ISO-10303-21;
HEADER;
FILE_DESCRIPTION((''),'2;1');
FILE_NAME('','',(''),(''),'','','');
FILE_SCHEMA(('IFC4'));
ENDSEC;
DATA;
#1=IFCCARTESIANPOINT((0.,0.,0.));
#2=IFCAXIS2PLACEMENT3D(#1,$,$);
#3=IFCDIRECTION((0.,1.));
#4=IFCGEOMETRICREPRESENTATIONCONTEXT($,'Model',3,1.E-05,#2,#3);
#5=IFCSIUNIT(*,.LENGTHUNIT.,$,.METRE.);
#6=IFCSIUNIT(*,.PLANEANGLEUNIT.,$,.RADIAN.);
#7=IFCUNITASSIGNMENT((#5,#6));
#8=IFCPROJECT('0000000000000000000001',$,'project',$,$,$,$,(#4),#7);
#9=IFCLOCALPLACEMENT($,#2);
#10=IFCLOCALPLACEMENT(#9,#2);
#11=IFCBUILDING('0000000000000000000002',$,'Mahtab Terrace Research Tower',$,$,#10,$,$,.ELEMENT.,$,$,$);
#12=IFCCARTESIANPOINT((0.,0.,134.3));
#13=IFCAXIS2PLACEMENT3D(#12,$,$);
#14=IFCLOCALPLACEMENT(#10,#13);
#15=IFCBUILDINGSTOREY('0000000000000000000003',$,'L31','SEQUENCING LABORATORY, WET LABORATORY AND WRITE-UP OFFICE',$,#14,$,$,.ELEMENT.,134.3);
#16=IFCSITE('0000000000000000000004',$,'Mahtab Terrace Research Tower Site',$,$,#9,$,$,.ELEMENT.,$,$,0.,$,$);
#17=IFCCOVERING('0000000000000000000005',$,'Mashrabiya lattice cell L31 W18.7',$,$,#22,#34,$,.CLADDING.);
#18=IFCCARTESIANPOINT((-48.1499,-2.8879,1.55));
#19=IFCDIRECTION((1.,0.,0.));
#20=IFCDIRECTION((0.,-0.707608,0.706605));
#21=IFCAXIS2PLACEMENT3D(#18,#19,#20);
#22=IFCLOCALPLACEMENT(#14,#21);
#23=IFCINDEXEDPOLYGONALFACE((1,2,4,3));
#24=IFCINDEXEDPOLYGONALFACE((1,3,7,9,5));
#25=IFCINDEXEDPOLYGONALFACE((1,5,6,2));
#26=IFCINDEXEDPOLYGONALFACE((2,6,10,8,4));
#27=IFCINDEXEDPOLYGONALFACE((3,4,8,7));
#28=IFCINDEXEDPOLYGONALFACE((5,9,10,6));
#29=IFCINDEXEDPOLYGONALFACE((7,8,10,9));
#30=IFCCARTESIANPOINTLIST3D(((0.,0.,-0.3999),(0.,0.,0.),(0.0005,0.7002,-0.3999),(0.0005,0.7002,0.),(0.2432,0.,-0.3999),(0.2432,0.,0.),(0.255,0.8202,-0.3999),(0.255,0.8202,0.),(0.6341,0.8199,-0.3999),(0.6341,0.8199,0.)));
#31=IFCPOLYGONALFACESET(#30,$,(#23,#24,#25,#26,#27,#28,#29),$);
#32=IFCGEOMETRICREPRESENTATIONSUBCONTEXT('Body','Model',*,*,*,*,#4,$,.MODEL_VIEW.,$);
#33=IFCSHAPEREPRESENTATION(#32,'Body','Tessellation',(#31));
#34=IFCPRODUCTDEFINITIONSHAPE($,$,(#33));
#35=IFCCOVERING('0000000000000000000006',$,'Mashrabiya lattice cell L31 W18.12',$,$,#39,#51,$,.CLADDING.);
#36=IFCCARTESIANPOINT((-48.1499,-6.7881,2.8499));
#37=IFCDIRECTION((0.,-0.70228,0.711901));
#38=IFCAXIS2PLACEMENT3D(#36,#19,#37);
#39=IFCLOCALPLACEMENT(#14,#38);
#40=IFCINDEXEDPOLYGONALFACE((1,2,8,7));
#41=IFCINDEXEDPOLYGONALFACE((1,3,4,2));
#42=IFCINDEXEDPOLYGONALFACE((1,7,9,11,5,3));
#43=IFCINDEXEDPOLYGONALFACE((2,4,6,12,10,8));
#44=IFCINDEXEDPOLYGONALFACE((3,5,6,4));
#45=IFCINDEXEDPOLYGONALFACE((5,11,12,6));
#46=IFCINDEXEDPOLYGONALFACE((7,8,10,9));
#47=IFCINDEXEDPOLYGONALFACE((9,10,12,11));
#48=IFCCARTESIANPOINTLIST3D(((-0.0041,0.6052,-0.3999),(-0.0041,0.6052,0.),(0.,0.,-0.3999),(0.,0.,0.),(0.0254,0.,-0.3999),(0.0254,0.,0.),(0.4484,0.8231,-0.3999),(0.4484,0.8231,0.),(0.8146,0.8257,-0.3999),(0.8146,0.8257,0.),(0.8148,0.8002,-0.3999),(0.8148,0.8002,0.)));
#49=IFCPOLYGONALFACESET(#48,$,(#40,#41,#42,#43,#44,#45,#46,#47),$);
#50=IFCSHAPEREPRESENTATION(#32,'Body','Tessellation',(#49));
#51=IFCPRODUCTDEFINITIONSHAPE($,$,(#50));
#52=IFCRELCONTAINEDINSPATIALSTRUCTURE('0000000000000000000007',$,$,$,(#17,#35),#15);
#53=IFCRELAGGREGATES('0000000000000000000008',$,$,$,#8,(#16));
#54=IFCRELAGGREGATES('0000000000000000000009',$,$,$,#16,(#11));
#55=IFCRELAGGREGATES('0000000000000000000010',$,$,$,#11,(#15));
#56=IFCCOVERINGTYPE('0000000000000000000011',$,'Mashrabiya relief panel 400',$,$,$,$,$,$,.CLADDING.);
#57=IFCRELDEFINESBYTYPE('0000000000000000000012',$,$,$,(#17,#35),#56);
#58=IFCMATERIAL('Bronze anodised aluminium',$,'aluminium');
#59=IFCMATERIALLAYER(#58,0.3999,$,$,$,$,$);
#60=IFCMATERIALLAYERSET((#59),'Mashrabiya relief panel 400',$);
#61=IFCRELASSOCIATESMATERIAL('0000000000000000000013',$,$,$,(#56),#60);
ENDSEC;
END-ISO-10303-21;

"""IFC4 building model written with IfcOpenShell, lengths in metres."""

from ifc_helpers import new_model, si_unit, direction, frame, origin, place, context, subcontext, project, spatial, polyline, outline, extrude, material, layer, layer_set, type_object, element, save


model = new_model("IFC4")

# Units and contexts
model_context = context("Model", 3, precision=1e-05, world=origin(), true_north=direction((0.0, 1.0)))
body_context = subcontext(model_context, "Body", "Model", "MODEL_VIEW")
ifc_project = project(units=[si_unit("LENGTHUNIT", "METRE"), si_unit("PLANEANGLEUNIT", "RADIAN")], contexts=[model_context])

# Site, building, storey
site_placement = place(None, origin())
site = spatial("IfcSite", under=ifc_project, at=site_placement, Name="Mahtab Terrace Research Tower Site", CompositionType="ELEMENT", RefElevation=0.0)
building_placement = place(site_placement, origin())
building = spatial("IfcBuilding", under=site, at=building_placement, Name="Mahtab Terrace Research Tower", CompositionType="ELEMENT")
storey_placement = place(building_placement, frame((0.0, 0.0, 134.3)))
storey = spatial("IfcBuildingStorey", under=building, at=storey_placement, Name="L31", Description="SEQUENCING LABORATORY, WET LABORATORY AND WRITE-UP OFFICE", CompositionType="ELEMENT", Elevation=134.3)

# Coverings
ifc_material_1 = material(Name="Bronze anodised aluminium", Category="aluminium")
ifc_layer_1 = layer(ifc_material_1, 0.3999)
ifc_layer_set_1 = layer_set([ifc_layer_1], Name="Mashrabiya relief panel 400")
covering_type = type_object("IfcCoveringType", Name="Mashrabiya relief panel 400", PredefinedType="CLADDING", material=ifc_layer_set_1)
covering_1_placement = place(storey_placement, frame((-48.1499, -2.8879, 1.55), z_axis=(1.0, 0.0, 0.0), x_axis=(0.0, -0.707608, 0.706605)))
element("IfcCovering", 1, at=covering_1_placement, inside=storey, type_object=covering_type, Name="Mashrabiya lattice cell L31 W18.7", PredefinedType="CLADDING", context=body_context, shape_type="SweptSolid", body=[
    extrude(outline(polyline([(0.0, 0.0), (0.2432, 0.0), (0.6341, 0.8199), (0.255, 0.8202), (0.0005, 0.7002), (0.0, 0.0)])), origin(), (0.0, 0.0, -1.0), 0.3999),
])
covering_2_placement = place(storey_placement, frame((-48.1499, -6.7881, 2.8499), z_axis=(1.0, 0.0, 0.0), x_axis=(0.0, -0.70228, 0.711901)))
element("IfcCovering", 2, at=covering_2_placement, inside=storey, type_object=covering_type, Name="Mashrabiya lattice cell L31 W18.12", PredefinedType="CLADDING", context=body_context, shape_type="SweptSolid", body=[
    extrude(outline(polyline([(0.0, 0.0), (0.0254, 0.0), (0.8148, 0.8002), (0.8146, 0.8257), (0.4484, 0.8231), (-0.0041, 0.6052), (0.0, 0.0)])), origin(), (0.0, 0.0, -1.0), 0.3999),
])

save(model, "model.ifc")
